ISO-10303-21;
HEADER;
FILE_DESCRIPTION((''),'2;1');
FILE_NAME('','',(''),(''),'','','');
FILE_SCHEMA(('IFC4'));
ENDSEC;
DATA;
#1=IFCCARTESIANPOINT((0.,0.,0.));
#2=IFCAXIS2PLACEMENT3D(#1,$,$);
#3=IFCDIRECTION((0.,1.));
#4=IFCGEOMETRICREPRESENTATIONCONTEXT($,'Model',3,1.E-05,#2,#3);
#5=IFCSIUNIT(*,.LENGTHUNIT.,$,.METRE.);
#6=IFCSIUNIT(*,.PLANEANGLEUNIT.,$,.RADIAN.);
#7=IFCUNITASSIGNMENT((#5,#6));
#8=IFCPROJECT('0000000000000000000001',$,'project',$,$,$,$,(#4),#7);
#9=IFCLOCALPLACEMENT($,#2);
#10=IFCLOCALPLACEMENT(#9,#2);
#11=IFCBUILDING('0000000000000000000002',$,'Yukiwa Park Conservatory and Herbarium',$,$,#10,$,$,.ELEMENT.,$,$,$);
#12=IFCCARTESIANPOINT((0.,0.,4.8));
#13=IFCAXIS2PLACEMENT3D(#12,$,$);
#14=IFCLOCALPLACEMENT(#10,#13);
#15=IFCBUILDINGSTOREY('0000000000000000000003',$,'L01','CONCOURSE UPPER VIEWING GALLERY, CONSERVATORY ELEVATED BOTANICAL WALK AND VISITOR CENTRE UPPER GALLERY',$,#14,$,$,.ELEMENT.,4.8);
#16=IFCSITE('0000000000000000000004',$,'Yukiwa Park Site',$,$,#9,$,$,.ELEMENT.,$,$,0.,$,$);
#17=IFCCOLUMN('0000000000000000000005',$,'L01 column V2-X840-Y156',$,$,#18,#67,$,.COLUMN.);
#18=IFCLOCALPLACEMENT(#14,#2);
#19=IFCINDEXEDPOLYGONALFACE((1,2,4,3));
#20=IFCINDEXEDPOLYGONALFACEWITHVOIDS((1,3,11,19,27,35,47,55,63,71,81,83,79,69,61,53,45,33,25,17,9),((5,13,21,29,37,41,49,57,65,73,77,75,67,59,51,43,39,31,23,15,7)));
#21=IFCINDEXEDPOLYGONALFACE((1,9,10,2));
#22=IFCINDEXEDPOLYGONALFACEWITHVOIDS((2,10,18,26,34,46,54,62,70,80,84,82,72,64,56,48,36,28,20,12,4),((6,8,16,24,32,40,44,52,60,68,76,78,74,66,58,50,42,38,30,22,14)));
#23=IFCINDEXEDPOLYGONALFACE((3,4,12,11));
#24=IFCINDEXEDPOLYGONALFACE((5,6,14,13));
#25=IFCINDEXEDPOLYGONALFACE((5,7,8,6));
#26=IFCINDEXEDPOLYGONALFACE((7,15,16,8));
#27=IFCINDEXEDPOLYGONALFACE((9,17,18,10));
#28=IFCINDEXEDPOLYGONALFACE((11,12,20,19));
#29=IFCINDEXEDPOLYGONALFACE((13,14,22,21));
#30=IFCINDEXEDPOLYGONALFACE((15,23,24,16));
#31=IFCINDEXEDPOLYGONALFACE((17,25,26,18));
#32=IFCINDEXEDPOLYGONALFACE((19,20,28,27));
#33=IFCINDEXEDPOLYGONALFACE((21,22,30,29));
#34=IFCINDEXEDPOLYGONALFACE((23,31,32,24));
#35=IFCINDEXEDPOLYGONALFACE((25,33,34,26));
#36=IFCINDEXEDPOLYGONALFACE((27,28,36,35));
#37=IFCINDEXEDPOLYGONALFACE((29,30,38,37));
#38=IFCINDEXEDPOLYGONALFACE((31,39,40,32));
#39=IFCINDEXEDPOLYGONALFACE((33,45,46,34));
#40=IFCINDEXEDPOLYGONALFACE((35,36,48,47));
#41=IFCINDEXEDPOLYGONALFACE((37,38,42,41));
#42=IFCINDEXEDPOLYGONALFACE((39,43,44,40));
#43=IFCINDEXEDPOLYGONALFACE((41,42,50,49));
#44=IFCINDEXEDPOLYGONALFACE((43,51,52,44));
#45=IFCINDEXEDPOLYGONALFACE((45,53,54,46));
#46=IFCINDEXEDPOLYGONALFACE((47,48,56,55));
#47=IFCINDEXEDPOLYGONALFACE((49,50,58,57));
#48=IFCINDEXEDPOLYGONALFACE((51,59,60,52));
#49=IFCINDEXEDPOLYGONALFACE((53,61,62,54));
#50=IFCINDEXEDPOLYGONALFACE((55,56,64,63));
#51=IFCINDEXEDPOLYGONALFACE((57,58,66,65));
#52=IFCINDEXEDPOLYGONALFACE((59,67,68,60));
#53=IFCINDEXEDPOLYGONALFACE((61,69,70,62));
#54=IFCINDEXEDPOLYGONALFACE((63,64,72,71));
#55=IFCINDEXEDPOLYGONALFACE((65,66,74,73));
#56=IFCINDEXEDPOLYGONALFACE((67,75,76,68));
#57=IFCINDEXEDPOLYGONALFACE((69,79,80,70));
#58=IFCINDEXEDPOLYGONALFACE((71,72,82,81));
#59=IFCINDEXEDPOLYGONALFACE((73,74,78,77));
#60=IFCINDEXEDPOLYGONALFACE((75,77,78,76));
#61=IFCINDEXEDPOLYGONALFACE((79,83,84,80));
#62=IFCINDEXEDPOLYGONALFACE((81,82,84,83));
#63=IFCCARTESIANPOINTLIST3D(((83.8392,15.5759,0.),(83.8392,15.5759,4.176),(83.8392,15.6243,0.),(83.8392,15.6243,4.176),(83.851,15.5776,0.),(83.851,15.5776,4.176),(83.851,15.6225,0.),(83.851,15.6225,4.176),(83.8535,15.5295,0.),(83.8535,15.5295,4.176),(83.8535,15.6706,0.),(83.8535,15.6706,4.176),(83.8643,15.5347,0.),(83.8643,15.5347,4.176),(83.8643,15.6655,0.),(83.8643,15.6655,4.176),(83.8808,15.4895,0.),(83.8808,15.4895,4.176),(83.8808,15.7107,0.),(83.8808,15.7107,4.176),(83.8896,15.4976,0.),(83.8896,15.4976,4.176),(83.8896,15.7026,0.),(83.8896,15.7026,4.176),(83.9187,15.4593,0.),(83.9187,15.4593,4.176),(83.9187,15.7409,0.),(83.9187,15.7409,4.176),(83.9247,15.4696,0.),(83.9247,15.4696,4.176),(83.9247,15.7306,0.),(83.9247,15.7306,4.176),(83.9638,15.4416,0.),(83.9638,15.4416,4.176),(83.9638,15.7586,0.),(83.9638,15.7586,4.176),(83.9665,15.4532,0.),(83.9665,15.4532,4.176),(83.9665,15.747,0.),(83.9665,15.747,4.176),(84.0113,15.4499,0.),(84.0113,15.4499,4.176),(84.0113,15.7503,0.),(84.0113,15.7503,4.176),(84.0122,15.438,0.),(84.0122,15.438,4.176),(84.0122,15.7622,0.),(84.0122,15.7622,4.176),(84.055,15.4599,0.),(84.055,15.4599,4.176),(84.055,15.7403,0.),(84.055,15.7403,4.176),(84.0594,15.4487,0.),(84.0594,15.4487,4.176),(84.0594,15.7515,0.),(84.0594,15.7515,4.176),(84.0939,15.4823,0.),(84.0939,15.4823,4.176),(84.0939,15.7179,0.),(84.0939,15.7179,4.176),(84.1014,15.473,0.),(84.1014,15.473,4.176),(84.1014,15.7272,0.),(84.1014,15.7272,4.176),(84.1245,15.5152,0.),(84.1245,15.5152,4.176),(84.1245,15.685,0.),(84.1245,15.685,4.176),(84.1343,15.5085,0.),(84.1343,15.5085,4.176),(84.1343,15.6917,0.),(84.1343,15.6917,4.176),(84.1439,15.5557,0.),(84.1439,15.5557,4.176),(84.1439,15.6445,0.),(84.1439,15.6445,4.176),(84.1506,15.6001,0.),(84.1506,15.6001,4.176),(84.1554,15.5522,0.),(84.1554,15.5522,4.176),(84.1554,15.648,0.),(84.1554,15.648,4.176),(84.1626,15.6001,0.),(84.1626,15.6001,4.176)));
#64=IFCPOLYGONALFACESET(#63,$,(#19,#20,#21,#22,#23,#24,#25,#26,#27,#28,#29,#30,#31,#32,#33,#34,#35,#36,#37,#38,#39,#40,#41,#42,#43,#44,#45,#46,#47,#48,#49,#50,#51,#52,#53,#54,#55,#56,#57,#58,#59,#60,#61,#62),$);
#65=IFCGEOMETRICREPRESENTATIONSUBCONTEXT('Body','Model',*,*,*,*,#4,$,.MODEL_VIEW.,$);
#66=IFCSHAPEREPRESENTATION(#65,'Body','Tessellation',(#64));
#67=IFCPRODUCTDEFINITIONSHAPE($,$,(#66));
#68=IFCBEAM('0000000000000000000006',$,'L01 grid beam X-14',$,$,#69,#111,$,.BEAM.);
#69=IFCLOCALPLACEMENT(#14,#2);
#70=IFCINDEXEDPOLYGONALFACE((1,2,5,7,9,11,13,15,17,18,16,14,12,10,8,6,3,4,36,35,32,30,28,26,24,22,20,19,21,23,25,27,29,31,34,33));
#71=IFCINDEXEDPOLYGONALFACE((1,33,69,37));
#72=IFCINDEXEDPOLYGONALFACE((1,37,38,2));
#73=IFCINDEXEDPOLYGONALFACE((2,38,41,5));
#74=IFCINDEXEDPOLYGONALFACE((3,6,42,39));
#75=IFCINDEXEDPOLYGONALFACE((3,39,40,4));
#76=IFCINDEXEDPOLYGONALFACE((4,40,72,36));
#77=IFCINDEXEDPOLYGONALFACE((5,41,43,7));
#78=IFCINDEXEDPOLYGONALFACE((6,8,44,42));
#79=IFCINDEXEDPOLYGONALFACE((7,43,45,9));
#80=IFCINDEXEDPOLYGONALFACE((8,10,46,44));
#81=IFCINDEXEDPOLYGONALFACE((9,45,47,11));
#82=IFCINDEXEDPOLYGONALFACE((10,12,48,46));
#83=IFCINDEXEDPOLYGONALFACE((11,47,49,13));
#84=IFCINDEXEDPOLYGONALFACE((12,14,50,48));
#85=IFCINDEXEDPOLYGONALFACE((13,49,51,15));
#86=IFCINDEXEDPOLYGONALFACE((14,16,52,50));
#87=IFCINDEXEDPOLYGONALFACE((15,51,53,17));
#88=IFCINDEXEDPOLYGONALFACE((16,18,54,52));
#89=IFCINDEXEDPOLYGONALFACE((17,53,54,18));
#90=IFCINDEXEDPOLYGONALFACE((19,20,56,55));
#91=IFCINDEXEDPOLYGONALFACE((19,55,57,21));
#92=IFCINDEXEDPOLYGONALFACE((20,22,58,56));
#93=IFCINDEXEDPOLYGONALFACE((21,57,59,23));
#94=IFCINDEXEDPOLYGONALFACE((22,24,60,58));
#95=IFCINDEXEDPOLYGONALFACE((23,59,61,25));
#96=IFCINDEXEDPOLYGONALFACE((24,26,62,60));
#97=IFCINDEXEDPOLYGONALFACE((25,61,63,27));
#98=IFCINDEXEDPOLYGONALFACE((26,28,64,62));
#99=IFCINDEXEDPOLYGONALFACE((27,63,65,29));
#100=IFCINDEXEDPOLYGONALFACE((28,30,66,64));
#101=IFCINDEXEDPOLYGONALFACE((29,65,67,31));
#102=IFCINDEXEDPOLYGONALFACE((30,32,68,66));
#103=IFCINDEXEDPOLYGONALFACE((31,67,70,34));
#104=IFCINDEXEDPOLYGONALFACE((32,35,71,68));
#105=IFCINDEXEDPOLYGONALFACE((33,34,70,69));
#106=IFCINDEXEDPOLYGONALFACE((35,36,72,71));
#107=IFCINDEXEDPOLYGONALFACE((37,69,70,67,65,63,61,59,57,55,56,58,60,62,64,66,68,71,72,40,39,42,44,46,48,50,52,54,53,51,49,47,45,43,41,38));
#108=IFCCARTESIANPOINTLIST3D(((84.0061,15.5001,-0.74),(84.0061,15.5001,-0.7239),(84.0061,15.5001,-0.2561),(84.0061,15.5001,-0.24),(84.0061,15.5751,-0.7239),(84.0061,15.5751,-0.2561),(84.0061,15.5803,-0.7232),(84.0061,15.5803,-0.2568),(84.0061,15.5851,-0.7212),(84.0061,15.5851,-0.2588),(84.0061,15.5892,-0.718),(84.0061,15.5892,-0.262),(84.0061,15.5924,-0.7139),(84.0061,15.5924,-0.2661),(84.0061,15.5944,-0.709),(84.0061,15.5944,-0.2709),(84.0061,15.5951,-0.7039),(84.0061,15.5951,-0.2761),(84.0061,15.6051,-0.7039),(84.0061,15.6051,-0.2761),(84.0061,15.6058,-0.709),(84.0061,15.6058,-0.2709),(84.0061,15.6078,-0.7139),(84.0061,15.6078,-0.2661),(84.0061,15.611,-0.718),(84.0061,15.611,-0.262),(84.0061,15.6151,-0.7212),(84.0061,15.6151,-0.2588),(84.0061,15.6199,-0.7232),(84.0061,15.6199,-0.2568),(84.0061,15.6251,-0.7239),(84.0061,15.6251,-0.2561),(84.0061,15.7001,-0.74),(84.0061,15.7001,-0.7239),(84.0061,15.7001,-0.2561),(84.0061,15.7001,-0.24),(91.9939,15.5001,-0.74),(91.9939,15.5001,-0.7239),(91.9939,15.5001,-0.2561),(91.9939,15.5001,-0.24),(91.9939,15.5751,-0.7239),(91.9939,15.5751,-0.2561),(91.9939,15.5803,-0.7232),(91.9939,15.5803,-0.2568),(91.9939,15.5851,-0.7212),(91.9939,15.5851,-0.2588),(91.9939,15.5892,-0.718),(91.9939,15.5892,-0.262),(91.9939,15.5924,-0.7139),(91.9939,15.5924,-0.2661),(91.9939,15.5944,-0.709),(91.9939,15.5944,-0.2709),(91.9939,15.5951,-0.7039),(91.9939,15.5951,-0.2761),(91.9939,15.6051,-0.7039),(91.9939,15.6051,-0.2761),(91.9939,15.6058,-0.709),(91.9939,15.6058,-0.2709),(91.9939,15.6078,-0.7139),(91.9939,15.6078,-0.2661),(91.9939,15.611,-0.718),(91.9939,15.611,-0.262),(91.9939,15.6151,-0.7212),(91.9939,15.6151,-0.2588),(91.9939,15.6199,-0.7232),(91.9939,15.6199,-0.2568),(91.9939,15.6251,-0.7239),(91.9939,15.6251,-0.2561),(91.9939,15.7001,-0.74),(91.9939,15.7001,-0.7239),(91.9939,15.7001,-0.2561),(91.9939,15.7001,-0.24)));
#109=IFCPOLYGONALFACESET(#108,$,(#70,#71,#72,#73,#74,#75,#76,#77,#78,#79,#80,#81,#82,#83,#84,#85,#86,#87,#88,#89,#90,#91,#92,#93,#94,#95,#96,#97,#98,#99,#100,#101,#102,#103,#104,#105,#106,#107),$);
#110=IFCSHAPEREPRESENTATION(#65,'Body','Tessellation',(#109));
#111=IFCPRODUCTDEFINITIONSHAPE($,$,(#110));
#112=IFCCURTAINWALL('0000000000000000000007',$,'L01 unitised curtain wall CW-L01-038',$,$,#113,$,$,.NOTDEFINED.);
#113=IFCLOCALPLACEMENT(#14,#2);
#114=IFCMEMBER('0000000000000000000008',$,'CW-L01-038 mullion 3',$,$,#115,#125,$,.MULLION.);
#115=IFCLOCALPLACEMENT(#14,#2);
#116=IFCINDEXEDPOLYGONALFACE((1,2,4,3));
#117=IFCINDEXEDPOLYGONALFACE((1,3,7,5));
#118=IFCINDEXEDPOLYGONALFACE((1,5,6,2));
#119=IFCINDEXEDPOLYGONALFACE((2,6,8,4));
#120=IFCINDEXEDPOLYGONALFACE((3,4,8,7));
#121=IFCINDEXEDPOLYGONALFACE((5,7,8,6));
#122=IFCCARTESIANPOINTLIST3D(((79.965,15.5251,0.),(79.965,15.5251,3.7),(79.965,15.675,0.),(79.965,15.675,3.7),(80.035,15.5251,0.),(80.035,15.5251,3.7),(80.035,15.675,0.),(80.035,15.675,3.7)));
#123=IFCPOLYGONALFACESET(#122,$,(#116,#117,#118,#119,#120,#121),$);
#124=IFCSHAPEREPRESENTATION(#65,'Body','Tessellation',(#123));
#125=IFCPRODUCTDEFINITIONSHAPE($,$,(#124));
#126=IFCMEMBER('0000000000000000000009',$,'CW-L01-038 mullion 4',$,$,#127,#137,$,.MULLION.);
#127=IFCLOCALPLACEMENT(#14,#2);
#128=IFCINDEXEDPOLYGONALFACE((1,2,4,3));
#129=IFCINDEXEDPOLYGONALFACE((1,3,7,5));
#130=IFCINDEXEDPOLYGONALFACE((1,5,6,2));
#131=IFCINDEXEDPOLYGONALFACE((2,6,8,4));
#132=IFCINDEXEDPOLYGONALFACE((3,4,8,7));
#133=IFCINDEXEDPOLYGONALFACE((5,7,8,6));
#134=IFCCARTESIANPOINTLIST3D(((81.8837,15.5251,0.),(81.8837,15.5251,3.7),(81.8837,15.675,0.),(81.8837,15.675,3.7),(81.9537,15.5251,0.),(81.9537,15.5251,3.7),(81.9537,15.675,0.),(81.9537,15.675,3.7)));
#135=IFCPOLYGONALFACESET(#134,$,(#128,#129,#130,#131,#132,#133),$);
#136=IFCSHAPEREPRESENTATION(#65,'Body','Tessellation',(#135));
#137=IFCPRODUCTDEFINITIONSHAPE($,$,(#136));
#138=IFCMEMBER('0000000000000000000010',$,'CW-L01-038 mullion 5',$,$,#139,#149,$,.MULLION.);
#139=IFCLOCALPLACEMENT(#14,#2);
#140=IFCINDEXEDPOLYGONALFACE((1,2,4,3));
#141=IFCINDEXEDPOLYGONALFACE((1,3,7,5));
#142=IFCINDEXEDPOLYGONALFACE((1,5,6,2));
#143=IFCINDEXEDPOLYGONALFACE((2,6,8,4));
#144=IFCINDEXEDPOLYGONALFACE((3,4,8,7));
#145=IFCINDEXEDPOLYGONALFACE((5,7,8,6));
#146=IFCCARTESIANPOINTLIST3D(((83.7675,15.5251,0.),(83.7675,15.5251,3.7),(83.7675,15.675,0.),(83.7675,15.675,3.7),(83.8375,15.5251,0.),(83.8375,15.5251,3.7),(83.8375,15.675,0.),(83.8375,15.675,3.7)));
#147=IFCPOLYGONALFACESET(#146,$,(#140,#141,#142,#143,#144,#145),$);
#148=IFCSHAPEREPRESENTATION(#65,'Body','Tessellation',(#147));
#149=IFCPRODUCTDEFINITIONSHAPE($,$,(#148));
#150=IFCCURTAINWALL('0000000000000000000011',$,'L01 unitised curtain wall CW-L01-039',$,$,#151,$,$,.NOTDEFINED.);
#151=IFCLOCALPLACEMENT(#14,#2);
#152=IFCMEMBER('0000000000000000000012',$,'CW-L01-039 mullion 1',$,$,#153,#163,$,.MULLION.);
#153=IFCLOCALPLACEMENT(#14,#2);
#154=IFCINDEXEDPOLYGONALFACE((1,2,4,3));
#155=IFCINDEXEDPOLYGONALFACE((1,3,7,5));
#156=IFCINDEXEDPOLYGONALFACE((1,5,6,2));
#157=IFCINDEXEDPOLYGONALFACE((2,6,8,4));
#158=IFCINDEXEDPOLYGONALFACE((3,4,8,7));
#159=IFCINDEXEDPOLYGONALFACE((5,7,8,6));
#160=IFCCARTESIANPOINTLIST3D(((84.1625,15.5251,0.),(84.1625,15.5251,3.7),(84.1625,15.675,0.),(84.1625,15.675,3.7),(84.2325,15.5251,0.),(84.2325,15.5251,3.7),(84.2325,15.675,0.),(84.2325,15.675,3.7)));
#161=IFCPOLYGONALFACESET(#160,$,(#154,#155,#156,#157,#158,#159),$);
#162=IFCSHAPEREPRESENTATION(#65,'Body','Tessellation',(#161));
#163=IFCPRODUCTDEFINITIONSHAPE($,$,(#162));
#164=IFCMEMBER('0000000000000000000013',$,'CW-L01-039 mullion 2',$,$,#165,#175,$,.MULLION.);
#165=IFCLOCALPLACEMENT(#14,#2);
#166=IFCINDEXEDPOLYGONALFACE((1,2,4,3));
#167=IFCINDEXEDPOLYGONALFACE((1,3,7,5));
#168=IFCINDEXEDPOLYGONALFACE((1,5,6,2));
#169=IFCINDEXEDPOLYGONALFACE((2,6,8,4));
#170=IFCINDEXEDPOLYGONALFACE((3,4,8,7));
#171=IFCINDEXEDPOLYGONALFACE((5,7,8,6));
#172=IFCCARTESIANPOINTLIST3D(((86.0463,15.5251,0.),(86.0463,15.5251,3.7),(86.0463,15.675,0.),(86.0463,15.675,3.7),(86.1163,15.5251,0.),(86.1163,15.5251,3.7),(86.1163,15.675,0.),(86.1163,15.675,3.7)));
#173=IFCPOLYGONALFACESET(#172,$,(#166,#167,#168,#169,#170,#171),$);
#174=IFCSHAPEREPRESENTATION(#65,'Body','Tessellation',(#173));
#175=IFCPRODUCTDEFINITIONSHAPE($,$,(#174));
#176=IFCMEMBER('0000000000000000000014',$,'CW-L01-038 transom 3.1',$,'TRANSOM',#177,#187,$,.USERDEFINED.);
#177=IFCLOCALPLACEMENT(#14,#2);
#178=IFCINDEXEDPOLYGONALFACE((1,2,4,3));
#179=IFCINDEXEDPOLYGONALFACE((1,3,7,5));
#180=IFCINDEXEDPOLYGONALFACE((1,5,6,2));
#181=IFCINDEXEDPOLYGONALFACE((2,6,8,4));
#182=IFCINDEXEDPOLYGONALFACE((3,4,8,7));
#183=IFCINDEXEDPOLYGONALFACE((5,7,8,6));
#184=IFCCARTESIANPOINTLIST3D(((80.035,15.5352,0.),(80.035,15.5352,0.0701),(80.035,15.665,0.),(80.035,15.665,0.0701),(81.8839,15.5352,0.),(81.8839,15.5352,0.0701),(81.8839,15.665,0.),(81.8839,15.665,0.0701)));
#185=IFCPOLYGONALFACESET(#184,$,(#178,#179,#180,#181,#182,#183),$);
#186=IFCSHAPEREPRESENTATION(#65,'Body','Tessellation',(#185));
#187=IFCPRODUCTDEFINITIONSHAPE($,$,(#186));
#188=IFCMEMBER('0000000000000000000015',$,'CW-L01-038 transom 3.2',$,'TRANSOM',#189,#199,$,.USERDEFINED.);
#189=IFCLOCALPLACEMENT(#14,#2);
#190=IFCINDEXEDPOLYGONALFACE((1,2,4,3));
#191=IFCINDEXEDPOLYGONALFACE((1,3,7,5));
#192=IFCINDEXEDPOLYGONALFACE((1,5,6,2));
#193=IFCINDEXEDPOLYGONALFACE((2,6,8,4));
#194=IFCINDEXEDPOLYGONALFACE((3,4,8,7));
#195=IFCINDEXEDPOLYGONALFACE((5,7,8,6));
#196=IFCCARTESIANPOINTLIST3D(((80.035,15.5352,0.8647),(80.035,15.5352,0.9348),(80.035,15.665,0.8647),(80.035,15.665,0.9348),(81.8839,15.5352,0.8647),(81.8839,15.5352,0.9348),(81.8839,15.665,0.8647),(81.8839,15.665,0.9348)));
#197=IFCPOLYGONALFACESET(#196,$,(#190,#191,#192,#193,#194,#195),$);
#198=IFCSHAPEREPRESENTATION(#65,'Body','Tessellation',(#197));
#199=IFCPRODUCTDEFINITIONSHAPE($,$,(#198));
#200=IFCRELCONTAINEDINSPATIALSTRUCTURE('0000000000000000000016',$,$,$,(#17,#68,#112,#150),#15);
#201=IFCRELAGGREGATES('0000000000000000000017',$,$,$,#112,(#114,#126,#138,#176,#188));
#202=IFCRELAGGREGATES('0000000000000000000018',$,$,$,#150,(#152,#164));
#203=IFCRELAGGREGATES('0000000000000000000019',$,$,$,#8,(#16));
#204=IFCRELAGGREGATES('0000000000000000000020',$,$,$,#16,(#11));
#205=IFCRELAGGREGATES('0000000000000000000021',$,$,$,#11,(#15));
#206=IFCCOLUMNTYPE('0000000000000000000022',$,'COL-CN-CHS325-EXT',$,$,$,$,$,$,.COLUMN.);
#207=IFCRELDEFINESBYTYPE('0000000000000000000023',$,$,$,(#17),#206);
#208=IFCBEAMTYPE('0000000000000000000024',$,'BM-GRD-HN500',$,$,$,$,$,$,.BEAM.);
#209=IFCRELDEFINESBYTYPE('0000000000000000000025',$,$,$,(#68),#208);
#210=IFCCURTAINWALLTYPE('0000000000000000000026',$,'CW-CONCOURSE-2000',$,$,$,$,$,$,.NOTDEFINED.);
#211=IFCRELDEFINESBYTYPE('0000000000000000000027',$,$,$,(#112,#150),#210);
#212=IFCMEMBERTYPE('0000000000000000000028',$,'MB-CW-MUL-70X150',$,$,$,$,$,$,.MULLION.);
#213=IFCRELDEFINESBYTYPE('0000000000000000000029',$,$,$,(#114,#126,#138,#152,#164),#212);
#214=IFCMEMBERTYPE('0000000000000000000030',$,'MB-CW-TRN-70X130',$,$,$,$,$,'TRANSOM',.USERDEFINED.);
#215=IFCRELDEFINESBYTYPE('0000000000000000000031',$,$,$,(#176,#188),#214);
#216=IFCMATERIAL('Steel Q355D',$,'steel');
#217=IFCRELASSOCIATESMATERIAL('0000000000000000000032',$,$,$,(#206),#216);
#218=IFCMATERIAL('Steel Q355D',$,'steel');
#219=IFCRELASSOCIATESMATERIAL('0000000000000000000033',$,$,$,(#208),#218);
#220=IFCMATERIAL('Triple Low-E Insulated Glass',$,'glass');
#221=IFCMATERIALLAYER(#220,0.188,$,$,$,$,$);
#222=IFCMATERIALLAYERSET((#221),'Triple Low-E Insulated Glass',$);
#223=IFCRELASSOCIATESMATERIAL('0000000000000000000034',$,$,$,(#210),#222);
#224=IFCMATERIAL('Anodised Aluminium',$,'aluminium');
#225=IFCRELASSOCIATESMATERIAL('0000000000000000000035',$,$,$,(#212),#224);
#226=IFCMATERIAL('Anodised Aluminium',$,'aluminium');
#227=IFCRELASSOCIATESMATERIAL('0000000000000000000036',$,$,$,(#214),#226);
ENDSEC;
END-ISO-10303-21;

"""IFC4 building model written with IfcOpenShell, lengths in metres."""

from ifc_helpers import new_model, si_unit, direction, frame, origin, origin_2d, place, context, subcontext, project, spatial, rectangle, hollow_circle, i_section, extrude, material, layer, layer_set, material_profile, profile_set, type_object, element, aggregate, save


model = new_model("IFC4")

# Units and contexts
model_context = context("Model", 3, precision=1e-05, world=origin(), true_north=direction((0.0, 1.0)))
body_context = subcontext(model_context, "Body", "Model", "MODEL_VIEW")
ifc_project = project(units=[si_unit("LENGTHUNIT", "METRE"), si_unit("PLANEANGLEUNIT", "RADIAN")], contexts=[model_context])

# Site, building, storey
site_placement = place(None, origin())
site = spatial("IfcSite", under=ifc_project, at=site_placement, Name="Yukiwa Park Site", CompositionType="ELEMENT", RefElevation=0.0)
building_placement = place(site_placement, origin())
building = spatial("IfcBuilding", under=site, at=building_placement, Name="Yukiwa Park Conservatory and Herbarium", CompositionType="ELEMENT")
storey_placement = place(building_placement, frame((0.0, 0.0, 4.8)))
storey = spatial("IfcBuildingStorey", under=building, at=storey_placement, Name="L01", Description="CONCOURSE UPPER VIEWING GALLERY, CONSERVATORY ELEVATED BOTANICAL WALK AND VISITOR CENTRE UPPER GALLERY", CompositionType="ELEMENT", Elevation=4.8)

# Column
ifc_material_1 = material(Name="Steel Q355D", Category="steel")
ifc_material_profile_1 = material_profile(ifc_material_1, hollow_circle(Radius=0.1626, WallThickness=0.012, at=origin_2d()), Name="CHS 325x12")
ifc_profile_set_1 = profile_set([ifc_material_profile_1], Name="Steel Q355D")
column_type = type_object("IfcColumnType", Name="COL-CN-CHS325-EXT", PredefinedType="COLUMN", material=ifc_profile_set_1)
column_placement = place(storey_placement, frame((84.0, 15.6001, 0.0), z_axis=(0.0, 0.0, 1.0), x_axis=(1.0, 0.0, 0.0)))
element("IfcColumn", 1, at=column_placement, inside=storey, type_object=column_type, Name="L01 column V2-X840-Y156", PredefinedType="COLUMN", context=body_context, shape_type="SweptSolid", body=[
    extrude(hollow_circle(Radius=0.1626, WallThickness=0.012, at=origin_2d()), origin(), (0.0, 0.0, 1.0), 4.176),
])

# Beam
ifc_material_2 = material(Name="Steel Q355D", Category="steel")
ifc_material_profile_2 = material_profile(ifc_material_2, i_section(OverallWidth=0.2, OverallDepth=0.5, WebThickness=0.01, FlangeThickness=0.0161, FilletRadius=0.02, at=origin_2d()), Name="HN 500x200x10x16")
ifc_profile_set_2 = profile_set([ifc_material_profile_2], Name="Steel Q355D")
beam_type = type_object("IfcBeamType", Name="BM-GRD-HN500", PredefinedType="BEAM", material=ifc_profile_set_2)
beam_placement = place(storey_placement, frame((84.0061, 15.6001, -0.49), z_axis=(1.0, 0.0, 0.0), x_axis=(0.0, 1.0, 0.0)))
element("IfcBeam", 2, at=beam_placement, inside=storey, type_object=beam_type, Name="L01 grid beam X-14", PredefinedType="BEAM", context=body_context, shape_type="SweptSolid", body=[
    extrude(i_section(OverallWidth=0.2, OverallDepth=0.5, WebThickness=0.01, FlangeThickness=0.0161, FilletRadius=0.02, at=origin_2d()), origin(), (0.0, 0.0, 1.0), 7.9878),
])

# Curtain walls, members
ifc_material_3 = material(Name="Triple Low-E Insulated Glass", Category="glass")
ifc_layer_1 = layer(ifc_material_3, 0.188)
ifc_layer_set_1 = layer_set([ifc_layer_1], Name="Triple Low-E Insulated Glass")
curtain_wall_type = type_object("IfcCurtainWallType", Name="CW-CONCOURSE-2000", PredefinedType="NOTDEFINED", material=ifc_layer_set_1)
curtain_wall_1_placement = place(storey_placement, origin())
curtain_wall_1 = element("IfcCurtainWall", 3, at=curtain_wall_1_placement, inside=storey, type_object=curtain_wall_type, Name="L01 unitised curtain wall CW-L01-038", PredefinedType="NOTDEFINED")
ifc_material_4 = material(Name="Anodised Aluminium", Category="aluminium")
member_type_1 = type_object("IfcMemberType", Name="MB-CW-MUL-70X150", PredefinedType="MULLION", material=ifc_material_4)
member_1_placement = place(storey_placement, frame((80.0, 15.6001, 0.0), z_axis=(0.0, 0.0, 1.0), x_axis=(1.0, 0.0, 0.0)))
member_1 = element("IfcMember", 4, at=member_1_placement, type_object=member_type_1, Name="CW-L01-038 mullion 3", PredefinedType="MULLION", context=body_context, shape_type="SweptSolid", body=[
    extrude(rectangle(XDim=0.0701, YDim=0.1499, at=origin_2d()), origin(), (0.0, 0.0, 1.0), 3.7),
])
member_2_placement = place(storey_placement, frame((81.9187, 15.6001, 0.0), z_axis=(0.0, 0.0, 1.0), x_axis=(1.0, 0.0, 0.0)))
member_2 = element("IfcMember", 5, at=member_2_placement, type_object=member_type_1, Name="CW-L01-038 mullion 4", PredefinedType="MULLION", context=body_context, shape_type="SweptSolid", body=[
    extrude(rectangle(XDim=0.0701, YDim=0.1499, at=origin_2d()), origin(), (0.0, 0.0, 1.0), 3.7),
])
member_3_placement = place(storey_placement, frame((83.8025, 15.6001, 0.0), z_axis=(0.0, 0.0, 1.0), x_axis=(1.0, 0.0, 0.0)))
member_3 = element("IfcMember", 6, at=member_3_placement, type_object=member_type_1, Name="CW-L01-038 mullion 5", PredefinedType="MULLION", context=body_context, shape_type="SweptSolid", body=[
    extrude(rectangle(XDim=0.0701, YDim=0.1499, at=origin_2d()), origin(), (0.0, 0.0, 1.0), 3.7),
])
curtain_wall_2_placement = place(storey_placement, origin())
curtain_wall_2 = element("IfcCurtainWall", 7, at=curtain_wall_2_placement, inside=storey, type_object=curtain_wall_type, Name="L01 unitised curtain wall CW-L01-039", PredefinedType="NOTDEFINED")
member_4_placement = place(storey_placement, frame((84.1975, 15.6001, 0.0), z_axis=(0.0, 0.0, 1.0), x_axis=(1.0, 0.0, 0.0)))
member_4 = element("IfcMember", 8, at=member_4_placement, type_object=member_type_1, Name="CW-L01-039 mullion 1", PredefinedType="MULLION", context=body_context, shape_type="SweptSolid", body=[
    extrude(rectangle(XDim=0.0701, YDim=0.1499, at=origin_2d()), origin(), (0.0, 0.0, 1.0), 3.7),
])
member_5_placement = place(storey_placement, frame((86.0813, 15.6001, 0.0), z_axis=(0.0, 0.0, 1.0), x_axis=(1.0, 0.0, 0.0)))
member_5 = element("IfcMember", 9, at=member_5_placement, type_object=member_type_1, Name="CW-L01-039 mullion 2", PredefinedType="MULLION", context=body_context, shape_type="SweptSolid", body=[
    extrude(rectangle(XDim=0.0701, YDim=0.1499, at=origin_2d()), origin(), (0.0, 0.0, 1.0), 3.7),
])

# Members
ifc_material_5 = material(Name="Anodised Aluminium", Category="aluminium")
member_type_2 = type_object("IfcMemberType", Name="MB-CW-TRN-70X130", ElementType="TRANSOM", PredefinedType="USERDEFINED", material=ifc_material_5)
member_6_placement = place(storey_placement, frame((80.9595, 15.6001, 0.0), z_axis=(0.0, 0.0, 1.0), x_axis=(1.0, 0.0, 0.0)))
member_6 = element("IfcMember", 10, at=member_6_placement, type_object=member_type_2, Name="CW-L01-038 transom 3.1", ObjectType="TRANSOM", PredefinedType="USERDEFINED", context=body_context, shape_type="SweptSolid", body=[
    extrude(rectangle(XDim=1.8489, YDim=0.1299, at=origin_2d()), origin(), (0.0, 0.0, 1.0), 0.0701),
])
member_7_placement = place(storey_placement, frame((80.9595, 15.6001, 0.8647), z_axis=(0.0, 0.0, 1.0), x_axis=(1.0, 0.0, 0.0)))
member_7 = element("IfcMember", 11, at=member_7_placement, type_object=member_type_2, Name="CW-L01-038 transom 3.2", ObjectType="TRANSOM", PredefinedType="USERDEFINED", context=body_context, shape_type="SweptSolid", body=[
    extrude(rectangle(XDim=1.8489, YDim=0.1299, at=origin_2d()), origin(), (0.0, 0.0, 1.0), 0.0701),
])

aggregate(curtain_wall_1, [member_1, member_2, member_3, member_6, member_7])
aggregate(curtain_wall_2, [member_4, member_5])

save(model, "model.ifc")
